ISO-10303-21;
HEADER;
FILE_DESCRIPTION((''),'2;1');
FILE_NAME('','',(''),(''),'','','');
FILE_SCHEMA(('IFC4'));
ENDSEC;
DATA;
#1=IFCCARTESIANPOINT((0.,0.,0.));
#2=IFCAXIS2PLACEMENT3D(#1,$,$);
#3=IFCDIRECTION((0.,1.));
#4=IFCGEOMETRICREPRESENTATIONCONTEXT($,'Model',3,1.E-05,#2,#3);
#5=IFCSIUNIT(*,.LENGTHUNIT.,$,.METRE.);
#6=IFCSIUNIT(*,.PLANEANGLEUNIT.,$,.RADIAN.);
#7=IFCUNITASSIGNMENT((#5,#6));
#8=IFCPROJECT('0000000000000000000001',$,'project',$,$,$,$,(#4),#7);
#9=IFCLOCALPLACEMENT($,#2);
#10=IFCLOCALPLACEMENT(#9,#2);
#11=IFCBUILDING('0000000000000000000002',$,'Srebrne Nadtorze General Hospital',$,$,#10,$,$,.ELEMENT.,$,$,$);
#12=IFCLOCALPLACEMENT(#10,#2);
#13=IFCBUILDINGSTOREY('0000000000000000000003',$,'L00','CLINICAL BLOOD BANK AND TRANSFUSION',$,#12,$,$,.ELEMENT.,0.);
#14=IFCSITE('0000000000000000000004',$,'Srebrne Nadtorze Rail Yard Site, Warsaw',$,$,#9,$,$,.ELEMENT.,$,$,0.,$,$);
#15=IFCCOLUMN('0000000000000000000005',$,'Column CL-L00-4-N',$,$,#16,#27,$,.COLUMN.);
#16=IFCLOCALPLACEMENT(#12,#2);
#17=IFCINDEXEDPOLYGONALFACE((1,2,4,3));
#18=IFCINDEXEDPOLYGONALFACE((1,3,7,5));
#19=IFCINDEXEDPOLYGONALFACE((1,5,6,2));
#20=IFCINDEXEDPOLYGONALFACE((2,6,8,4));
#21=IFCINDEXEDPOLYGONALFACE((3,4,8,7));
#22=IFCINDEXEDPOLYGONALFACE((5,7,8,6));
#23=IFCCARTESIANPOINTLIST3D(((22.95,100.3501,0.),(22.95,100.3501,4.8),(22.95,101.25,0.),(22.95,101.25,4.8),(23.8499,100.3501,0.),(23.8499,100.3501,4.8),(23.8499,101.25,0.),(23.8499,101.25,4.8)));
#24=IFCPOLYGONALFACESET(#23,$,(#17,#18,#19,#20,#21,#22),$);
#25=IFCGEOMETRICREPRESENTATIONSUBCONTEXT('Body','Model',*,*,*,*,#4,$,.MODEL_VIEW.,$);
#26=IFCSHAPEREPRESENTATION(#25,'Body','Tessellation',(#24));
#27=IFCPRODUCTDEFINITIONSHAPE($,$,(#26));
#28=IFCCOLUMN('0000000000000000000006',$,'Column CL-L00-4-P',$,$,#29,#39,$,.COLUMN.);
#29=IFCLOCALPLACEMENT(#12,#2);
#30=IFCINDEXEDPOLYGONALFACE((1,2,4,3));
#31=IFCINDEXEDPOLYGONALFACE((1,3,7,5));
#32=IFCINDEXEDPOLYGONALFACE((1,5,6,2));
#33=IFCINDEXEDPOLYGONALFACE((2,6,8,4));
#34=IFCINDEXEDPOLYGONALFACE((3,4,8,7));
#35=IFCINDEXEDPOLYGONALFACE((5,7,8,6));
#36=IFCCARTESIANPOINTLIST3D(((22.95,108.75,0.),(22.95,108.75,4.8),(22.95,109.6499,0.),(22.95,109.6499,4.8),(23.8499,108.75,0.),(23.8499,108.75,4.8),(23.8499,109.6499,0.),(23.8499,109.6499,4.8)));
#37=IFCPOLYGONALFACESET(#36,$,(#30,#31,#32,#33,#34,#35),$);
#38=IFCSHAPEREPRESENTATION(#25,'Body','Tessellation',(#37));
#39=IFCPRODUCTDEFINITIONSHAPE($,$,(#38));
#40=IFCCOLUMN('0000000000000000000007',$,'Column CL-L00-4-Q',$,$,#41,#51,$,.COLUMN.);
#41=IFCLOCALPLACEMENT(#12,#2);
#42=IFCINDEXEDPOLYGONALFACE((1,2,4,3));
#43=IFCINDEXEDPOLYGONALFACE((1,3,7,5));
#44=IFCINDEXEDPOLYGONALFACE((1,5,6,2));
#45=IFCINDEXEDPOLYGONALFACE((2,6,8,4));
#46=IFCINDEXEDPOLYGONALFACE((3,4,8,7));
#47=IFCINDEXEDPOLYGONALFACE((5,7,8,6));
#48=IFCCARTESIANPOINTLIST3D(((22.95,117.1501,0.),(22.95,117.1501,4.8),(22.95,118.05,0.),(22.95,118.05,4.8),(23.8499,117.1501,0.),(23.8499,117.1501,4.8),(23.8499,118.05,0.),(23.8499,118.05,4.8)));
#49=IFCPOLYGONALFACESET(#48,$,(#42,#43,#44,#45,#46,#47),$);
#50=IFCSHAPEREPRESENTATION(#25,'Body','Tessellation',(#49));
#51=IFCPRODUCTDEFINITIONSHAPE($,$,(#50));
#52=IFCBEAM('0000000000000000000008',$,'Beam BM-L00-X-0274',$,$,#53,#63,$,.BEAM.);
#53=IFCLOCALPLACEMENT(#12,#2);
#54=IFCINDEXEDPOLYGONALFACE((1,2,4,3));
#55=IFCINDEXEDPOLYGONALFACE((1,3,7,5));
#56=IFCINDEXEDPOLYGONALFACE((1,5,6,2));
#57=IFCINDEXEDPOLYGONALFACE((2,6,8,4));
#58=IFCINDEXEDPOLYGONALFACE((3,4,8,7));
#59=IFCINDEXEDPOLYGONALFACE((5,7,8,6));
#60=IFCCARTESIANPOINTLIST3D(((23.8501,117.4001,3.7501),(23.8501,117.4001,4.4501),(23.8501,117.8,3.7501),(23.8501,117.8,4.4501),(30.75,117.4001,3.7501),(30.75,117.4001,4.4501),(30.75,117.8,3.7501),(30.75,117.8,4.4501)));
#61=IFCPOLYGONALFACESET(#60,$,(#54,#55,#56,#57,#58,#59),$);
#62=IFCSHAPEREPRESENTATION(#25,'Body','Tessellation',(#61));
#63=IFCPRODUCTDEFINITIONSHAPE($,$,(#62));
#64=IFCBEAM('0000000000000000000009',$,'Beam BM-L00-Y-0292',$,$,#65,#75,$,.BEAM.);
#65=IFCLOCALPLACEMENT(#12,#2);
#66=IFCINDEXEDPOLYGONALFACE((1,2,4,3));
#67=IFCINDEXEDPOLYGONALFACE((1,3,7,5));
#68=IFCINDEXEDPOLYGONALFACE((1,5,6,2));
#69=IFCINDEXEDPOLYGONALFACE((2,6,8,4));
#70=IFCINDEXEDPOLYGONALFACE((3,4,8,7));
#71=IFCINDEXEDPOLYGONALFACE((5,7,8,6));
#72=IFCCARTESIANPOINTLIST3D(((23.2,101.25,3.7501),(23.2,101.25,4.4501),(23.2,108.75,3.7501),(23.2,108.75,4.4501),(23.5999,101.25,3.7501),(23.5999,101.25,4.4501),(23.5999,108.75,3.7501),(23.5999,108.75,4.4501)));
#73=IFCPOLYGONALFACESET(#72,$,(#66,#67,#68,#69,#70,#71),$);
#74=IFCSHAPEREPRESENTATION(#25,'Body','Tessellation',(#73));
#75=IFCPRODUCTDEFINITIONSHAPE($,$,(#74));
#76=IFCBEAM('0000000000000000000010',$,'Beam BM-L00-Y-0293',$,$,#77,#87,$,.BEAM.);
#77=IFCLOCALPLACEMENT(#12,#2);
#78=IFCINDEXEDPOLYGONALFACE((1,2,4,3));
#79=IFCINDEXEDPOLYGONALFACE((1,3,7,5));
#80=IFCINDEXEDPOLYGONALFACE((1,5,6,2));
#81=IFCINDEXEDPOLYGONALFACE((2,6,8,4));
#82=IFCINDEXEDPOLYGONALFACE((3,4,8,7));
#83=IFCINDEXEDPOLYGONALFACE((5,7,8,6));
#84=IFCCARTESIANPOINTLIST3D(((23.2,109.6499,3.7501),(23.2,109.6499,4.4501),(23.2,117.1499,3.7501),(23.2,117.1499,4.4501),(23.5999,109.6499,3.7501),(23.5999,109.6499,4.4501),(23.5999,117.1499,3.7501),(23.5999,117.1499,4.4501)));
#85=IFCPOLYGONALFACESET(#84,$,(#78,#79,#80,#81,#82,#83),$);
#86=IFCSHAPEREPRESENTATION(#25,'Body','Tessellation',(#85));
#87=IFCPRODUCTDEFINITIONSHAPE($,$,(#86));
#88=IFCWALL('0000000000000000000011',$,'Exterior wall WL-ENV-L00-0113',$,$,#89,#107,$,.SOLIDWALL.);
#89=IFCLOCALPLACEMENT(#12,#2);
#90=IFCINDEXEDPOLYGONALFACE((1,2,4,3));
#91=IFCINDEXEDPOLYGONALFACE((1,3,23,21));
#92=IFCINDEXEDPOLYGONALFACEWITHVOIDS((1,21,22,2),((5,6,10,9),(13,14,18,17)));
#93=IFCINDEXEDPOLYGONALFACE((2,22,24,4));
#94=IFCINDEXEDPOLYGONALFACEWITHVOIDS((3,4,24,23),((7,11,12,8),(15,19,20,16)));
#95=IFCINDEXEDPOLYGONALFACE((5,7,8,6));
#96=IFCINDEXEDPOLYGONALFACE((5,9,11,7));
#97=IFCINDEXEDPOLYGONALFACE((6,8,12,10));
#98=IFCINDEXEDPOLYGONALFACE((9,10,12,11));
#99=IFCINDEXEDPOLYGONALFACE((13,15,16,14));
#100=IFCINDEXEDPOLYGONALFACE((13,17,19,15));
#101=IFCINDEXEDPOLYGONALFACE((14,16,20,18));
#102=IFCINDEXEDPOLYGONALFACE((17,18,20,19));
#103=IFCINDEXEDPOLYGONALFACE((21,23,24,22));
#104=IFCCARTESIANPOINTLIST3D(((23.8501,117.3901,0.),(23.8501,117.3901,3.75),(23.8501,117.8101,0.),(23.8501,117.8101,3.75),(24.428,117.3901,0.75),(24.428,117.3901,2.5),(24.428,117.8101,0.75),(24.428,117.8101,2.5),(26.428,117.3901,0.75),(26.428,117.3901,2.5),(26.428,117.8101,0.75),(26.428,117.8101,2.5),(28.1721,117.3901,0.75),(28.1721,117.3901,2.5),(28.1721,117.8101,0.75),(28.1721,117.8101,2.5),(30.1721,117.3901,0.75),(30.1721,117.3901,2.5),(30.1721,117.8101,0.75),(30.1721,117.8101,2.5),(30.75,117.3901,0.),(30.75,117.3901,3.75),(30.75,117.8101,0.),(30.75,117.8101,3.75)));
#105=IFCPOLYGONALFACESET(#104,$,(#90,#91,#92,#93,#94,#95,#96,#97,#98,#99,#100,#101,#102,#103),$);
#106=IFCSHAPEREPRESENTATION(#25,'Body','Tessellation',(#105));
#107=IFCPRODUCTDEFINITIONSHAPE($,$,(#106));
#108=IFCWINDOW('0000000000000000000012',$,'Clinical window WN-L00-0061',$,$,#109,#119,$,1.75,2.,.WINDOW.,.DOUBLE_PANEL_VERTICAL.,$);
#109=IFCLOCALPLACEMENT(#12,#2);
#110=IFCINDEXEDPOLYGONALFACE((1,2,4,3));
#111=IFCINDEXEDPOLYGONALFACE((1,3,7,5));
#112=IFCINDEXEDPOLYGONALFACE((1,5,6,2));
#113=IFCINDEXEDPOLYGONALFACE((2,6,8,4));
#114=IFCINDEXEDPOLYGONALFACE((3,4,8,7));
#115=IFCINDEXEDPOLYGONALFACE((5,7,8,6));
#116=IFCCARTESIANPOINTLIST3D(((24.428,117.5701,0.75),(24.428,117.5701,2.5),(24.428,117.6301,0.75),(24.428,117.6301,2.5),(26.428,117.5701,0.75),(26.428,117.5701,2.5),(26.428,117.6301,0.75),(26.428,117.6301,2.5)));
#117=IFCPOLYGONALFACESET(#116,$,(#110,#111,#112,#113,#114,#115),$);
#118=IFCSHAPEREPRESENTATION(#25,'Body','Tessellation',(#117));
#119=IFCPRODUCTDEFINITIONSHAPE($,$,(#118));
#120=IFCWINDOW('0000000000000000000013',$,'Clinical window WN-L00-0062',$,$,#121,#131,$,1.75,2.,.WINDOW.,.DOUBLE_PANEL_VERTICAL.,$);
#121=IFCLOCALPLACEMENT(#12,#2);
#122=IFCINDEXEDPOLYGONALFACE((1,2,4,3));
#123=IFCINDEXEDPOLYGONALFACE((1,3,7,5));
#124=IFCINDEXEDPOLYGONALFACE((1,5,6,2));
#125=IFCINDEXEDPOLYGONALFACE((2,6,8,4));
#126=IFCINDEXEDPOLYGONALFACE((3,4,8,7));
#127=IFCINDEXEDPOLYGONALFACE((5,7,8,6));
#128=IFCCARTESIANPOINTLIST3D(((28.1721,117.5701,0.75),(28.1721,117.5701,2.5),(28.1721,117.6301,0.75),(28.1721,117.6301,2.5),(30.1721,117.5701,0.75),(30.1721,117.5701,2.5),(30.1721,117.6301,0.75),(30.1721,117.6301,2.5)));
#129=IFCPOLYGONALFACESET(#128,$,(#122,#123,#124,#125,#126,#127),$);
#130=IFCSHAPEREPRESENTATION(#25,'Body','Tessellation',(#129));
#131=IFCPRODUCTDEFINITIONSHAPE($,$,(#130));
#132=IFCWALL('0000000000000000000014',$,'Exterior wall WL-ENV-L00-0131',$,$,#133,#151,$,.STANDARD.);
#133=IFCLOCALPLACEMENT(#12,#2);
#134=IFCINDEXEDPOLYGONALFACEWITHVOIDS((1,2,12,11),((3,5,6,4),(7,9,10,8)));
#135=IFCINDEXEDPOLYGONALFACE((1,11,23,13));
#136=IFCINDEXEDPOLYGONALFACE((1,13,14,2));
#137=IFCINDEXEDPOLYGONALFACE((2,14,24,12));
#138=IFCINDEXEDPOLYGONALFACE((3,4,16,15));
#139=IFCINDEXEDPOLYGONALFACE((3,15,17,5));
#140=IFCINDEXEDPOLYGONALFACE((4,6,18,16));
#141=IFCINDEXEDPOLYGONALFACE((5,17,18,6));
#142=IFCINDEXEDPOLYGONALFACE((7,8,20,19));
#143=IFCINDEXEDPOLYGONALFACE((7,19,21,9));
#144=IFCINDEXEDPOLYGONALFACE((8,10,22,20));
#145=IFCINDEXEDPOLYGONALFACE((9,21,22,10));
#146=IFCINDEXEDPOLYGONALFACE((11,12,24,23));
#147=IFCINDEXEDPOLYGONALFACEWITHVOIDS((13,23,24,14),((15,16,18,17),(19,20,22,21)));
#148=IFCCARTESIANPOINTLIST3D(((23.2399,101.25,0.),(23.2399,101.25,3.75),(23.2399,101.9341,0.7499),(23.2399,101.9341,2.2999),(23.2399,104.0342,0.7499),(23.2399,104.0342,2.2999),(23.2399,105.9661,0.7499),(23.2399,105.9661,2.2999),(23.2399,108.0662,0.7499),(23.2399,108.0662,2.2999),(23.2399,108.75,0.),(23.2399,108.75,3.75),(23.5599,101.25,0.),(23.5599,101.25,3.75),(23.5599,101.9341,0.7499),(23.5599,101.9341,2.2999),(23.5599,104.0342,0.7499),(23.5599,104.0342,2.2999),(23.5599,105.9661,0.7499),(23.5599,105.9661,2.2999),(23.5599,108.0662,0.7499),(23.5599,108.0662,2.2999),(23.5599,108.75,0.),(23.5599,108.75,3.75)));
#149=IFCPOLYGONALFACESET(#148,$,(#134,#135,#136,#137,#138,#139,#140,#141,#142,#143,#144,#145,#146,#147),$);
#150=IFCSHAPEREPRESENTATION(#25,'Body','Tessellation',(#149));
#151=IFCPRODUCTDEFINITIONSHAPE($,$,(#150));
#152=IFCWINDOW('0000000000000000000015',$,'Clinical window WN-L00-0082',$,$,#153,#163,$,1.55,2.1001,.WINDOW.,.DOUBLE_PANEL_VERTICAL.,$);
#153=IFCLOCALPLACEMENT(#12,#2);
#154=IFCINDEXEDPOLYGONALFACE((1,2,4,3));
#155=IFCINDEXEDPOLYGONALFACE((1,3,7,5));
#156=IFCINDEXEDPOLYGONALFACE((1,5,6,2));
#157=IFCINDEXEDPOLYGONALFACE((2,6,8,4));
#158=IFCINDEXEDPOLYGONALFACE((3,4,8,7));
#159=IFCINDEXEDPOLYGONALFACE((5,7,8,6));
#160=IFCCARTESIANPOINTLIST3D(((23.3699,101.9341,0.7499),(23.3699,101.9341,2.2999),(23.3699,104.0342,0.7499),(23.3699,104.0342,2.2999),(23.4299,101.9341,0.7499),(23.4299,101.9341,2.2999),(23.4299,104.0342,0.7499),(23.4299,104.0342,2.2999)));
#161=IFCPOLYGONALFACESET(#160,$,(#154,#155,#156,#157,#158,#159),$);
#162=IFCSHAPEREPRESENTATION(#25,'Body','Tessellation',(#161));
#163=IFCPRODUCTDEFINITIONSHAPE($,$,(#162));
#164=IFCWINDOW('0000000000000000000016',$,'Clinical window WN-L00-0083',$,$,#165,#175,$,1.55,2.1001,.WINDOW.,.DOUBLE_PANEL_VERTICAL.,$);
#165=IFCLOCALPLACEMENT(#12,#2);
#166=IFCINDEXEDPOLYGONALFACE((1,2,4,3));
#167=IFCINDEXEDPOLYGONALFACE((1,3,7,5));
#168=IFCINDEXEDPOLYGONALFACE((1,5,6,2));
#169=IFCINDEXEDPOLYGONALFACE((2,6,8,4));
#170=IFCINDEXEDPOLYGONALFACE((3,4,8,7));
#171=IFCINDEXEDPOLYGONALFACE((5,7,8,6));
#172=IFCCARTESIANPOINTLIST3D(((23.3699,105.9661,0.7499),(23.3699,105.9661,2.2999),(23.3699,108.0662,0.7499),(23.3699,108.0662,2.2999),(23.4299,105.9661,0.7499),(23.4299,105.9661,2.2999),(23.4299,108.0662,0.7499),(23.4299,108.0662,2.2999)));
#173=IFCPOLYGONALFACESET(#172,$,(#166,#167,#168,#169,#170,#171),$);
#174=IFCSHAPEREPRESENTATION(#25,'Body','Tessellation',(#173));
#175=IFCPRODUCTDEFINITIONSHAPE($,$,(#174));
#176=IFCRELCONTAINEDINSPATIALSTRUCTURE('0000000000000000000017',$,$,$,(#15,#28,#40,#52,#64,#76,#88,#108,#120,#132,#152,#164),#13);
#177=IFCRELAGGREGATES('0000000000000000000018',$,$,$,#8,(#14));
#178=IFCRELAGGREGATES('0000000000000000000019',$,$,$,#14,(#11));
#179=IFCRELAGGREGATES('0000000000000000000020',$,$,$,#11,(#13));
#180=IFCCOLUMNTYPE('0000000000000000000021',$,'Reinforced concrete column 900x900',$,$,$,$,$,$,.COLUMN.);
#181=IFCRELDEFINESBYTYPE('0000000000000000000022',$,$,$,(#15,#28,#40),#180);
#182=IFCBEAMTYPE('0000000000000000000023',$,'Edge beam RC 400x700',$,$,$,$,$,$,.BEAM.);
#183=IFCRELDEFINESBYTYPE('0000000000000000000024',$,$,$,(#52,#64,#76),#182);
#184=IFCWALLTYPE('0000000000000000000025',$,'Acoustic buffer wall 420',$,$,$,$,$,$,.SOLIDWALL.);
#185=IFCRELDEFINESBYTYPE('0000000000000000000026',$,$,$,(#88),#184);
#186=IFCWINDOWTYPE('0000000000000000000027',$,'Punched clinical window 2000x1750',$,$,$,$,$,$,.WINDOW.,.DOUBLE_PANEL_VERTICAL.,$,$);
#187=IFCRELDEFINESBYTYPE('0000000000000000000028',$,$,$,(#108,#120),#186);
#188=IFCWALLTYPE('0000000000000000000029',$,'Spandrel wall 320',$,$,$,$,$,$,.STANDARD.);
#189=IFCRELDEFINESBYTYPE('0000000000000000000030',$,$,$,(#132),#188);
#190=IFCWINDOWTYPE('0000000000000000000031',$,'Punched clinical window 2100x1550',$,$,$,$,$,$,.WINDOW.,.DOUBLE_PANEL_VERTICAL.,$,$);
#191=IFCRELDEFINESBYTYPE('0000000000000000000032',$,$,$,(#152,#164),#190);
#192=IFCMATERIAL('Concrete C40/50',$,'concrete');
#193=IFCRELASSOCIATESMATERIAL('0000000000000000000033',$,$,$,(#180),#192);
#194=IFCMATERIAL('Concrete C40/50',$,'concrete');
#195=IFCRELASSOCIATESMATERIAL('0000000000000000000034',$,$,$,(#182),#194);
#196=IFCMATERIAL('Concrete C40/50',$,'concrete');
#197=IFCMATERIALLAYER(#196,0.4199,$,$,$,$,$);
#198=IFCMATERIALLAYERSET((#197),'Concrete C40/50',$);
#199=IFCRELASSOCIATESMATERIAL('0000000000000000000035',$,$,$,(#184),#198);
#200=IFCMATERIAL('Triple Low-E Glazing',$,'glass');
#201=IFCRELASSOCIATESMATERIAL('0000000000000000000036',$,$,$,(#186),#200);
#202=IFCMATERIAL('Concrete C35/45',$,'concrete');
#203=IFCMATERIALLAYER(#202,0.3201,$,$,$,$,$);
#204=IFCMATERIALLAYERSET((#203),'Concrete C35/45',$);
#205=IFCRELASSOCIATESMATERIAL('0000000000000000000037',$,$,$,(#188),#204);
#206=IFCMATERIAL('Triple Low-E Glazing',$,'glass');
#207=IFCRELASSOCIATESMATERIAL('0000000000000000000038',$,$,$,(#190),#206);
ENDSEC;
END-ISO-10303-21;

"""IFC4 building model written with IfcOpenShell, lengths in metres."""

from ifc_helpers import new_model, si_unit, direction, frame, frame_2d, origin, origin_2d, place, context, subcontext, project, spatial, rectangle, extrude, material, layer, layer_set, material_profile, profile_set, type_object, element, fill, save


model = new_model("IFC4")

# Units and contexts
model_context = context("Model", 3, precision=1e-05, world=origin(), true_north=direction((0.0, 1.0)))
body_context = subcontext(model_context, "Body", "Model", "MODEL_VIEW")
ifc_project = project(units=[si_unit("LENGTHUNIT", "METRE"), si_unit("PLANEANGLEUNIT", "RADIAN")], contexts=[model_context])

# Site, building, storey
site_placement = place(None, origin())
site = spatial("IfcSite", under=ifc_project, at=site_placement, Name="Srebrne Nadtorze Rail Yard Site, Warsaw", CompositionType="ELEMENT", RefElevation=0.0)
building_placement = place(site_placement, origin())
building = spatial("IfcBuilding", under=site, at=building_placement, Name="Srebrne Nadtorze General Hospital", CompositionType="ELEMENT")
storey_placement = place(building_placement, origin())
storey = spatial("IfcBuildingStorey", under=building, at=storey_placement, Name="L00", Description="CLINICAL BLOOD BANK AND TRANSFUSION", CompositionType="ELEMENT", Elevation=0.0)

# Columns
ifc_material_1 = material(Name="Concrete C40/50", Category="concrete")
ifc_material_profile_1 = material_profile(ifc_material_1, rectangle(XDim=0.8999, YDim=0.8999, at=origin_2d()), Name="RC-COL-900x900")
ifc_profile_set_1 = profile_set([ifc_material_profile_1], Name="Concrete C40/50")
column_type = type_object("IfcColumnType", Name="Reinforced concrete column 900x900", PredefinedType="COLUMN", material=ifc_profile_set_1)
for number, where, z_axis, x_axis, name in (
    (1, (23.3999, 100.8, 0.0), (0.0, 0.0, 1.0), (1.0, 0.0, 0.0), "Column CL-L00-4-N"),
    (2, (23.3999, 109.2, 0.0), (0.0, 0.0, 1.0), (1.0, 0.0, 0.0), "Column CL-L00-4-P"),
    (3, (23.3999, 117.6001, 0.0), (0.0, 0.0, 1.0), (1.0, 0.0, 0.0), "Column CL-L00-4-Q"),
):
    element("IfcColumn", number, at=place(storey_placement, frame(where, z_axis=z_axis, x_axis=x_axis)), inside=storey, type_object=column_type, Name=name, PredefinedType="COLUMN", context=body_context, shape_type="SweptSolid", body=[
        extrude(rectangle(XDim=0.8999, YDim=0.8999, at=origin_2d()), origin(), (0.0, 0.0, 1.0), 4.8),
    ])

# Beams
ifc_material_2 = material(Name="Concrete C40/50", Category="concrete")
ifc_material_profile_2 = material_profile(ifc_material_2, rectangle(XDim=0.3999, YDim=0.7, at=origin_2d()), Name="RC-BM-400x700")
ifc_profile_set_2 = profile_set([ifc_material_profile_2], Name="Concrete C40/50")
beam_type = type_object("IfcBeamType", Name="Edge beam RC 400x700", PredefinedType="BEAM", material=ifc_profile_set_2)
beam_placement = place(storey_placement, frame((23.8501, 117.6001, 4.1001), z_axis=(1.0, 0.0, 0.0), x_axis=(0.0, 1.0, 0.0)))
element("IfcBeam", 4, at=beam_placement, inside=storey, type_object=beam_type, Name="Beam BM-L00-X-0274", PredefinedType="BEAM", context=body_context, shape_type="SweptSolid", body=[
    extrude(rectangle(XDim=0.3999, YDim=0.7, at=origin_2d()), origin(), (0.0, 0.0, 1.0), 6.8999),
])
for number, where, z_axis, x_axis, name in (
    (5, (23.3999, 101.25, 4.1001), (0.0, 1.0, 0.0), (-1.0, 0.0, 0.0), "Beam BM-L00-Y-0292"),
    (6, (23.3999, 109.6499, 4.1001), (0.0, 1.0, 0.0), (-1.0, 0.0, 0.0), "Beam BM-L00-Y-0293"),
):
    element("IfcBeam", number, at=place(storey_placement, frame(where, z_axis=z_axis, x_axis=x_axis)), inside=storey, type_object=beam_type, Name=name, PredefinedType="BEAM", context=body_context, shape_type="SweptSolid", body=[
        extrude(rectangle(XDim=0.3999, YDim=0.7, at=origin_2d()), origin(), (0.0, 0.0, 1.0), 7.5),
    ])

# Wall, openings, windows
ifc_material_3 = material(Name="Concrete C40/50", Category="concrete")
ifc_layer_1 = layer(ifc_material_3, 0.4199)
ifc_layer_set_1 = layer_set([ifc_layer_1], Name="Concrete C40/50")
wall_type_1 = type_object("IfcWallType", Name="Acoustic buffer wall 420", PredefinedType="SOLIDWALL", material=ifc_layer_set_1)
wall_1_placement = place(storey_placement, frame((23.8501, 117.6001, 0.0), z_axis=(0.0, 0.0, 1.0), x_axis=(1.0, 0.0, 0.0)))
wall_1 = element("IfcWall", 7, at=wall_1_placement, inside=storey, type_object=wall_type_1, Name="Exterior wall WL-ENV-L00-0113", PredefinedType="SOLIDWALL", context=body_context, shape_type="SweptSolid", body=[
    extrude(rectangle(XDim=6.8999, YDim=0.4199, at=frame_2d((3.45, 0.0))), origin(), (0.0, 0.0, 1.0), 3.75),
])
opening_1_placement = place(wall_1_placement, frame((0.5779, 0.0, 0.75)))
opening_1 = element("IfcOpeningElement", 8, at=opening_1_placement, cuts=wall_1, PredefinedType="OPENING", context=body_context, shape_type="SweptSolid", body=[
    extrude(rectangle(XDim=2.0, YDim=1.75, at=frame_2d((1.0, 0.875))), frame((0.0, 0.2219, 0.0), z_axis=(0.0, -1.0, 0.0), x_axis=(1.0, 0.0, 0.0)), (0.0, 0.0, 1.0), 0.4438),
])
opening_2_placement = place(wall_1_placement, frame((4.322, 0.0, 0.75)))
opening_2 = element("IfcOpeningElement", 9, at=opening_2_placement, cuts=wall_1, PredefinedType="OPENING", context=body_context, shape_type="SweptSolid", body=[
    extrude(rectangle(XDim=2.0, YDim=1.75, at=frame_2d((1.0, 0.875))), frame((0.0, 0.2219, 0.0), z_axis=(0.0, -1.0, 0.0), x_axis=(1.0, 0.0, 0.0)), (0.0, 0.0, 1.0), 0.4438),
])
ifc_material_4 = material(Name="Triple Low-E Glazing", Category="glass")
window_type_1 = type_object("IfcWindowType", Name="Punched clinical window 2000x1750", PartitioningType="DOUBLE_PANEL_VERTICAL", PredefinedType="WINDOW", material=ifc_material_4)
window_1_placement = place(opening_1_placement, origin())
window_1 = element("IfcWindow", 10, at=window_1_placement, inside=storey, type_object=window_type_1, Name="Clinical window WN-L00-0061", OverallHeight=1.75, OverallWidth=2.0, PartitioningType="DOUBLE_PANEL_VERTICAL", PredefinedType="WINDOW", context=body_context, shape_type="SweptSolid", body=[
    extrude(rectangle(XDim=2.0, YDim=1.75, at=frame_2d((1.0, 0.875))), frame((0.0, 0.03, 0.0), z_axis=(0.0, -1.0, 0.0), x_axis=(1.0, 0.0, 0.0)), (0.0, 0.0, 1.0), 0.0601),
])
fill(opening_1, window_1)
window_2_placement = place(opening_2_placement, origin())
window_2 = element("IfcWindow", 11, at=window_2_placement, inside=storey, type_object=window_type_1, Name="Clinical window WN-L00-0062", OverallHeight=1.75, OverallWidth=2.0, PartitioningType="DOUBLE_PANEL_VERTICAL", PredefinedType="WINDOW", context=body_context, shape_type="SweptSolid", body=[
    extrude(rectangle(XDim=2.0, YDim=1.75, at=frame_2d((1.0, 0.875))), frame((0.0, 0.03, 0.0), z_axis=(0.0, -1.0, 0.0), x_axis=(1.0, 0.0, 0.0)), (0.0, 0.0, 1.0), 0.0601),
])
fill(opening_2, window_2)

# Shared definitions
ifc_material_5 = material(Name="Concrete C35/45", Category="concrete")
ifc_layer_2 = layer(ifc_material_5, 0.3201)
ifc_layer_set_2 = layer_set([ifc_layer_2], Name="Concrete C35/45")
wall_type_2 = type_object("IfcWallType", Name="Spandrel wall 320", PredefinedType="STANDARD", material=ifc_layer_set_2)

# Wall, openings, windows
wall_2_placement = place(storey_placement, frame((23.3999, 101.25, 0.0), z_axis=(0.0, 0.0, 1.0), x_axis=(0.0, 1.0, 0.0)))
wall_2 = element("IfcWall", 12, at=wall_2_placement, inside=storey, type_object=wall_type_2, Name="Exterior wall WL-ENV-L00-0131", PredefinedType="STANDARD", context=body_context, shape_type="SweptSolid", body=[
    extrude(rectangle(XDim=7.5, YDim=0.3201, at=frame_2d((3.75, 0.0))), origin(), (0.0, 0.0, 1.0), 3.75),
])
opening_3_placement = place(wall_2_placement, frame((0.6841, 0.0, 0.75)))
opening_3 = element("IfcOpeningElement", 13, at=opening_3_placement, cuts=wall_2, PredefinedType="OPENING", context=body_context, shape_type="SweptSolid", body=[
    extrude(rectangle(XDim=2.1001, YDim=1.55, at=frame_2d((1.05, 0.7749))), frame((0.0, 0.1719, 0.0), z_axis=(0.0, -1.0, 0.0), x_axis=(1.0, 0.0, 0.0)), (0.0, 0.0, 1.0), 0.344),
])
opening_4_placement = place(wall_2_placement, frame((4.7161, 0.0, 0.75)))
opening_4 = element("IfcOpeningElement", 14, at=opening_4_placement, cuts=wall_2, PredefinedType="OPENING", context=body_context, shape_type="SweptSolid", body=[
    extrude(rectangle(XDim=2.1001, YDim=1.55, at=frame_2d((1.05, 0.7749))), frame((0.0, 0.1719, 0.0), z_axis=(0.0, -1.0, 0.0), x_axis=(1.0, 0.0, 0.0)), (0.0, 0.0, 1.0), 0.344),
])
ifc_material_6 = material(Name="Triple Low-E Glazing", Category="glass")
window_type_2 = type_object("IfcWindowType", Name="Punched clinical window 2100x1550", PartitioningType="DOUBLE_PANEL_VERTICAL", PredefinedType="WINDOW", material=ifc_material_6)
window_3_placement = place(opening_3_placement, origin())
window_3 = element("IfcWindow", 15, at=window_3_placement, inside=storey, type_object=window_type_2, Name="Clinical window WN-L00-0082", OverallHeight=1.55, OverallWidth=2.1001, PartitioningType="DOUBLE_PANEL_VERTICAL", PredefinedType="WINDOW", context=body_context, shape_type="SweptSolid", body=[
    extrude(rectangle(XDim=2.1001, YDim=1.55, at=frame_2d((1.05, 0.7749))), frame((0.0, 0.03, 0.0), z_axis=(0.0, -1.0, 0.0), x_axis=(1.0, 0.0, 0.0)), (0.0, 0.0, 1.0), 0.0601),
])
fill(opening_3, window_3)
window_4_placement = place(opening_4_placement, origin())
window_4 = element("IfcWindow", 16, at=window_4_placement, inside=storey, type_object=window_type_2, Name="Clinical window WN-L00-0083", OverallHeight=1.55, OverallWidth=2.1001, PartitioningType="DOUBLE_PANEL_VERTICAL", PredefinedType="WINDOW", context=body_context, shape_type="SweptSolid", body=[
    extrude(rectangle(XDim=2.1001, YDim=1.55, at=frame_2d((1.05, 0.7749))), frame((0.0, 0.03, 0.0), z_axis=(0.0, -1.0, 0.0), x_axis=(1.0, 0.0, 0.0)), (0.0, 0.0, 1.0), 0.0601),
])
fill(opening_4, window_4)

save(model, "model.ifc")
